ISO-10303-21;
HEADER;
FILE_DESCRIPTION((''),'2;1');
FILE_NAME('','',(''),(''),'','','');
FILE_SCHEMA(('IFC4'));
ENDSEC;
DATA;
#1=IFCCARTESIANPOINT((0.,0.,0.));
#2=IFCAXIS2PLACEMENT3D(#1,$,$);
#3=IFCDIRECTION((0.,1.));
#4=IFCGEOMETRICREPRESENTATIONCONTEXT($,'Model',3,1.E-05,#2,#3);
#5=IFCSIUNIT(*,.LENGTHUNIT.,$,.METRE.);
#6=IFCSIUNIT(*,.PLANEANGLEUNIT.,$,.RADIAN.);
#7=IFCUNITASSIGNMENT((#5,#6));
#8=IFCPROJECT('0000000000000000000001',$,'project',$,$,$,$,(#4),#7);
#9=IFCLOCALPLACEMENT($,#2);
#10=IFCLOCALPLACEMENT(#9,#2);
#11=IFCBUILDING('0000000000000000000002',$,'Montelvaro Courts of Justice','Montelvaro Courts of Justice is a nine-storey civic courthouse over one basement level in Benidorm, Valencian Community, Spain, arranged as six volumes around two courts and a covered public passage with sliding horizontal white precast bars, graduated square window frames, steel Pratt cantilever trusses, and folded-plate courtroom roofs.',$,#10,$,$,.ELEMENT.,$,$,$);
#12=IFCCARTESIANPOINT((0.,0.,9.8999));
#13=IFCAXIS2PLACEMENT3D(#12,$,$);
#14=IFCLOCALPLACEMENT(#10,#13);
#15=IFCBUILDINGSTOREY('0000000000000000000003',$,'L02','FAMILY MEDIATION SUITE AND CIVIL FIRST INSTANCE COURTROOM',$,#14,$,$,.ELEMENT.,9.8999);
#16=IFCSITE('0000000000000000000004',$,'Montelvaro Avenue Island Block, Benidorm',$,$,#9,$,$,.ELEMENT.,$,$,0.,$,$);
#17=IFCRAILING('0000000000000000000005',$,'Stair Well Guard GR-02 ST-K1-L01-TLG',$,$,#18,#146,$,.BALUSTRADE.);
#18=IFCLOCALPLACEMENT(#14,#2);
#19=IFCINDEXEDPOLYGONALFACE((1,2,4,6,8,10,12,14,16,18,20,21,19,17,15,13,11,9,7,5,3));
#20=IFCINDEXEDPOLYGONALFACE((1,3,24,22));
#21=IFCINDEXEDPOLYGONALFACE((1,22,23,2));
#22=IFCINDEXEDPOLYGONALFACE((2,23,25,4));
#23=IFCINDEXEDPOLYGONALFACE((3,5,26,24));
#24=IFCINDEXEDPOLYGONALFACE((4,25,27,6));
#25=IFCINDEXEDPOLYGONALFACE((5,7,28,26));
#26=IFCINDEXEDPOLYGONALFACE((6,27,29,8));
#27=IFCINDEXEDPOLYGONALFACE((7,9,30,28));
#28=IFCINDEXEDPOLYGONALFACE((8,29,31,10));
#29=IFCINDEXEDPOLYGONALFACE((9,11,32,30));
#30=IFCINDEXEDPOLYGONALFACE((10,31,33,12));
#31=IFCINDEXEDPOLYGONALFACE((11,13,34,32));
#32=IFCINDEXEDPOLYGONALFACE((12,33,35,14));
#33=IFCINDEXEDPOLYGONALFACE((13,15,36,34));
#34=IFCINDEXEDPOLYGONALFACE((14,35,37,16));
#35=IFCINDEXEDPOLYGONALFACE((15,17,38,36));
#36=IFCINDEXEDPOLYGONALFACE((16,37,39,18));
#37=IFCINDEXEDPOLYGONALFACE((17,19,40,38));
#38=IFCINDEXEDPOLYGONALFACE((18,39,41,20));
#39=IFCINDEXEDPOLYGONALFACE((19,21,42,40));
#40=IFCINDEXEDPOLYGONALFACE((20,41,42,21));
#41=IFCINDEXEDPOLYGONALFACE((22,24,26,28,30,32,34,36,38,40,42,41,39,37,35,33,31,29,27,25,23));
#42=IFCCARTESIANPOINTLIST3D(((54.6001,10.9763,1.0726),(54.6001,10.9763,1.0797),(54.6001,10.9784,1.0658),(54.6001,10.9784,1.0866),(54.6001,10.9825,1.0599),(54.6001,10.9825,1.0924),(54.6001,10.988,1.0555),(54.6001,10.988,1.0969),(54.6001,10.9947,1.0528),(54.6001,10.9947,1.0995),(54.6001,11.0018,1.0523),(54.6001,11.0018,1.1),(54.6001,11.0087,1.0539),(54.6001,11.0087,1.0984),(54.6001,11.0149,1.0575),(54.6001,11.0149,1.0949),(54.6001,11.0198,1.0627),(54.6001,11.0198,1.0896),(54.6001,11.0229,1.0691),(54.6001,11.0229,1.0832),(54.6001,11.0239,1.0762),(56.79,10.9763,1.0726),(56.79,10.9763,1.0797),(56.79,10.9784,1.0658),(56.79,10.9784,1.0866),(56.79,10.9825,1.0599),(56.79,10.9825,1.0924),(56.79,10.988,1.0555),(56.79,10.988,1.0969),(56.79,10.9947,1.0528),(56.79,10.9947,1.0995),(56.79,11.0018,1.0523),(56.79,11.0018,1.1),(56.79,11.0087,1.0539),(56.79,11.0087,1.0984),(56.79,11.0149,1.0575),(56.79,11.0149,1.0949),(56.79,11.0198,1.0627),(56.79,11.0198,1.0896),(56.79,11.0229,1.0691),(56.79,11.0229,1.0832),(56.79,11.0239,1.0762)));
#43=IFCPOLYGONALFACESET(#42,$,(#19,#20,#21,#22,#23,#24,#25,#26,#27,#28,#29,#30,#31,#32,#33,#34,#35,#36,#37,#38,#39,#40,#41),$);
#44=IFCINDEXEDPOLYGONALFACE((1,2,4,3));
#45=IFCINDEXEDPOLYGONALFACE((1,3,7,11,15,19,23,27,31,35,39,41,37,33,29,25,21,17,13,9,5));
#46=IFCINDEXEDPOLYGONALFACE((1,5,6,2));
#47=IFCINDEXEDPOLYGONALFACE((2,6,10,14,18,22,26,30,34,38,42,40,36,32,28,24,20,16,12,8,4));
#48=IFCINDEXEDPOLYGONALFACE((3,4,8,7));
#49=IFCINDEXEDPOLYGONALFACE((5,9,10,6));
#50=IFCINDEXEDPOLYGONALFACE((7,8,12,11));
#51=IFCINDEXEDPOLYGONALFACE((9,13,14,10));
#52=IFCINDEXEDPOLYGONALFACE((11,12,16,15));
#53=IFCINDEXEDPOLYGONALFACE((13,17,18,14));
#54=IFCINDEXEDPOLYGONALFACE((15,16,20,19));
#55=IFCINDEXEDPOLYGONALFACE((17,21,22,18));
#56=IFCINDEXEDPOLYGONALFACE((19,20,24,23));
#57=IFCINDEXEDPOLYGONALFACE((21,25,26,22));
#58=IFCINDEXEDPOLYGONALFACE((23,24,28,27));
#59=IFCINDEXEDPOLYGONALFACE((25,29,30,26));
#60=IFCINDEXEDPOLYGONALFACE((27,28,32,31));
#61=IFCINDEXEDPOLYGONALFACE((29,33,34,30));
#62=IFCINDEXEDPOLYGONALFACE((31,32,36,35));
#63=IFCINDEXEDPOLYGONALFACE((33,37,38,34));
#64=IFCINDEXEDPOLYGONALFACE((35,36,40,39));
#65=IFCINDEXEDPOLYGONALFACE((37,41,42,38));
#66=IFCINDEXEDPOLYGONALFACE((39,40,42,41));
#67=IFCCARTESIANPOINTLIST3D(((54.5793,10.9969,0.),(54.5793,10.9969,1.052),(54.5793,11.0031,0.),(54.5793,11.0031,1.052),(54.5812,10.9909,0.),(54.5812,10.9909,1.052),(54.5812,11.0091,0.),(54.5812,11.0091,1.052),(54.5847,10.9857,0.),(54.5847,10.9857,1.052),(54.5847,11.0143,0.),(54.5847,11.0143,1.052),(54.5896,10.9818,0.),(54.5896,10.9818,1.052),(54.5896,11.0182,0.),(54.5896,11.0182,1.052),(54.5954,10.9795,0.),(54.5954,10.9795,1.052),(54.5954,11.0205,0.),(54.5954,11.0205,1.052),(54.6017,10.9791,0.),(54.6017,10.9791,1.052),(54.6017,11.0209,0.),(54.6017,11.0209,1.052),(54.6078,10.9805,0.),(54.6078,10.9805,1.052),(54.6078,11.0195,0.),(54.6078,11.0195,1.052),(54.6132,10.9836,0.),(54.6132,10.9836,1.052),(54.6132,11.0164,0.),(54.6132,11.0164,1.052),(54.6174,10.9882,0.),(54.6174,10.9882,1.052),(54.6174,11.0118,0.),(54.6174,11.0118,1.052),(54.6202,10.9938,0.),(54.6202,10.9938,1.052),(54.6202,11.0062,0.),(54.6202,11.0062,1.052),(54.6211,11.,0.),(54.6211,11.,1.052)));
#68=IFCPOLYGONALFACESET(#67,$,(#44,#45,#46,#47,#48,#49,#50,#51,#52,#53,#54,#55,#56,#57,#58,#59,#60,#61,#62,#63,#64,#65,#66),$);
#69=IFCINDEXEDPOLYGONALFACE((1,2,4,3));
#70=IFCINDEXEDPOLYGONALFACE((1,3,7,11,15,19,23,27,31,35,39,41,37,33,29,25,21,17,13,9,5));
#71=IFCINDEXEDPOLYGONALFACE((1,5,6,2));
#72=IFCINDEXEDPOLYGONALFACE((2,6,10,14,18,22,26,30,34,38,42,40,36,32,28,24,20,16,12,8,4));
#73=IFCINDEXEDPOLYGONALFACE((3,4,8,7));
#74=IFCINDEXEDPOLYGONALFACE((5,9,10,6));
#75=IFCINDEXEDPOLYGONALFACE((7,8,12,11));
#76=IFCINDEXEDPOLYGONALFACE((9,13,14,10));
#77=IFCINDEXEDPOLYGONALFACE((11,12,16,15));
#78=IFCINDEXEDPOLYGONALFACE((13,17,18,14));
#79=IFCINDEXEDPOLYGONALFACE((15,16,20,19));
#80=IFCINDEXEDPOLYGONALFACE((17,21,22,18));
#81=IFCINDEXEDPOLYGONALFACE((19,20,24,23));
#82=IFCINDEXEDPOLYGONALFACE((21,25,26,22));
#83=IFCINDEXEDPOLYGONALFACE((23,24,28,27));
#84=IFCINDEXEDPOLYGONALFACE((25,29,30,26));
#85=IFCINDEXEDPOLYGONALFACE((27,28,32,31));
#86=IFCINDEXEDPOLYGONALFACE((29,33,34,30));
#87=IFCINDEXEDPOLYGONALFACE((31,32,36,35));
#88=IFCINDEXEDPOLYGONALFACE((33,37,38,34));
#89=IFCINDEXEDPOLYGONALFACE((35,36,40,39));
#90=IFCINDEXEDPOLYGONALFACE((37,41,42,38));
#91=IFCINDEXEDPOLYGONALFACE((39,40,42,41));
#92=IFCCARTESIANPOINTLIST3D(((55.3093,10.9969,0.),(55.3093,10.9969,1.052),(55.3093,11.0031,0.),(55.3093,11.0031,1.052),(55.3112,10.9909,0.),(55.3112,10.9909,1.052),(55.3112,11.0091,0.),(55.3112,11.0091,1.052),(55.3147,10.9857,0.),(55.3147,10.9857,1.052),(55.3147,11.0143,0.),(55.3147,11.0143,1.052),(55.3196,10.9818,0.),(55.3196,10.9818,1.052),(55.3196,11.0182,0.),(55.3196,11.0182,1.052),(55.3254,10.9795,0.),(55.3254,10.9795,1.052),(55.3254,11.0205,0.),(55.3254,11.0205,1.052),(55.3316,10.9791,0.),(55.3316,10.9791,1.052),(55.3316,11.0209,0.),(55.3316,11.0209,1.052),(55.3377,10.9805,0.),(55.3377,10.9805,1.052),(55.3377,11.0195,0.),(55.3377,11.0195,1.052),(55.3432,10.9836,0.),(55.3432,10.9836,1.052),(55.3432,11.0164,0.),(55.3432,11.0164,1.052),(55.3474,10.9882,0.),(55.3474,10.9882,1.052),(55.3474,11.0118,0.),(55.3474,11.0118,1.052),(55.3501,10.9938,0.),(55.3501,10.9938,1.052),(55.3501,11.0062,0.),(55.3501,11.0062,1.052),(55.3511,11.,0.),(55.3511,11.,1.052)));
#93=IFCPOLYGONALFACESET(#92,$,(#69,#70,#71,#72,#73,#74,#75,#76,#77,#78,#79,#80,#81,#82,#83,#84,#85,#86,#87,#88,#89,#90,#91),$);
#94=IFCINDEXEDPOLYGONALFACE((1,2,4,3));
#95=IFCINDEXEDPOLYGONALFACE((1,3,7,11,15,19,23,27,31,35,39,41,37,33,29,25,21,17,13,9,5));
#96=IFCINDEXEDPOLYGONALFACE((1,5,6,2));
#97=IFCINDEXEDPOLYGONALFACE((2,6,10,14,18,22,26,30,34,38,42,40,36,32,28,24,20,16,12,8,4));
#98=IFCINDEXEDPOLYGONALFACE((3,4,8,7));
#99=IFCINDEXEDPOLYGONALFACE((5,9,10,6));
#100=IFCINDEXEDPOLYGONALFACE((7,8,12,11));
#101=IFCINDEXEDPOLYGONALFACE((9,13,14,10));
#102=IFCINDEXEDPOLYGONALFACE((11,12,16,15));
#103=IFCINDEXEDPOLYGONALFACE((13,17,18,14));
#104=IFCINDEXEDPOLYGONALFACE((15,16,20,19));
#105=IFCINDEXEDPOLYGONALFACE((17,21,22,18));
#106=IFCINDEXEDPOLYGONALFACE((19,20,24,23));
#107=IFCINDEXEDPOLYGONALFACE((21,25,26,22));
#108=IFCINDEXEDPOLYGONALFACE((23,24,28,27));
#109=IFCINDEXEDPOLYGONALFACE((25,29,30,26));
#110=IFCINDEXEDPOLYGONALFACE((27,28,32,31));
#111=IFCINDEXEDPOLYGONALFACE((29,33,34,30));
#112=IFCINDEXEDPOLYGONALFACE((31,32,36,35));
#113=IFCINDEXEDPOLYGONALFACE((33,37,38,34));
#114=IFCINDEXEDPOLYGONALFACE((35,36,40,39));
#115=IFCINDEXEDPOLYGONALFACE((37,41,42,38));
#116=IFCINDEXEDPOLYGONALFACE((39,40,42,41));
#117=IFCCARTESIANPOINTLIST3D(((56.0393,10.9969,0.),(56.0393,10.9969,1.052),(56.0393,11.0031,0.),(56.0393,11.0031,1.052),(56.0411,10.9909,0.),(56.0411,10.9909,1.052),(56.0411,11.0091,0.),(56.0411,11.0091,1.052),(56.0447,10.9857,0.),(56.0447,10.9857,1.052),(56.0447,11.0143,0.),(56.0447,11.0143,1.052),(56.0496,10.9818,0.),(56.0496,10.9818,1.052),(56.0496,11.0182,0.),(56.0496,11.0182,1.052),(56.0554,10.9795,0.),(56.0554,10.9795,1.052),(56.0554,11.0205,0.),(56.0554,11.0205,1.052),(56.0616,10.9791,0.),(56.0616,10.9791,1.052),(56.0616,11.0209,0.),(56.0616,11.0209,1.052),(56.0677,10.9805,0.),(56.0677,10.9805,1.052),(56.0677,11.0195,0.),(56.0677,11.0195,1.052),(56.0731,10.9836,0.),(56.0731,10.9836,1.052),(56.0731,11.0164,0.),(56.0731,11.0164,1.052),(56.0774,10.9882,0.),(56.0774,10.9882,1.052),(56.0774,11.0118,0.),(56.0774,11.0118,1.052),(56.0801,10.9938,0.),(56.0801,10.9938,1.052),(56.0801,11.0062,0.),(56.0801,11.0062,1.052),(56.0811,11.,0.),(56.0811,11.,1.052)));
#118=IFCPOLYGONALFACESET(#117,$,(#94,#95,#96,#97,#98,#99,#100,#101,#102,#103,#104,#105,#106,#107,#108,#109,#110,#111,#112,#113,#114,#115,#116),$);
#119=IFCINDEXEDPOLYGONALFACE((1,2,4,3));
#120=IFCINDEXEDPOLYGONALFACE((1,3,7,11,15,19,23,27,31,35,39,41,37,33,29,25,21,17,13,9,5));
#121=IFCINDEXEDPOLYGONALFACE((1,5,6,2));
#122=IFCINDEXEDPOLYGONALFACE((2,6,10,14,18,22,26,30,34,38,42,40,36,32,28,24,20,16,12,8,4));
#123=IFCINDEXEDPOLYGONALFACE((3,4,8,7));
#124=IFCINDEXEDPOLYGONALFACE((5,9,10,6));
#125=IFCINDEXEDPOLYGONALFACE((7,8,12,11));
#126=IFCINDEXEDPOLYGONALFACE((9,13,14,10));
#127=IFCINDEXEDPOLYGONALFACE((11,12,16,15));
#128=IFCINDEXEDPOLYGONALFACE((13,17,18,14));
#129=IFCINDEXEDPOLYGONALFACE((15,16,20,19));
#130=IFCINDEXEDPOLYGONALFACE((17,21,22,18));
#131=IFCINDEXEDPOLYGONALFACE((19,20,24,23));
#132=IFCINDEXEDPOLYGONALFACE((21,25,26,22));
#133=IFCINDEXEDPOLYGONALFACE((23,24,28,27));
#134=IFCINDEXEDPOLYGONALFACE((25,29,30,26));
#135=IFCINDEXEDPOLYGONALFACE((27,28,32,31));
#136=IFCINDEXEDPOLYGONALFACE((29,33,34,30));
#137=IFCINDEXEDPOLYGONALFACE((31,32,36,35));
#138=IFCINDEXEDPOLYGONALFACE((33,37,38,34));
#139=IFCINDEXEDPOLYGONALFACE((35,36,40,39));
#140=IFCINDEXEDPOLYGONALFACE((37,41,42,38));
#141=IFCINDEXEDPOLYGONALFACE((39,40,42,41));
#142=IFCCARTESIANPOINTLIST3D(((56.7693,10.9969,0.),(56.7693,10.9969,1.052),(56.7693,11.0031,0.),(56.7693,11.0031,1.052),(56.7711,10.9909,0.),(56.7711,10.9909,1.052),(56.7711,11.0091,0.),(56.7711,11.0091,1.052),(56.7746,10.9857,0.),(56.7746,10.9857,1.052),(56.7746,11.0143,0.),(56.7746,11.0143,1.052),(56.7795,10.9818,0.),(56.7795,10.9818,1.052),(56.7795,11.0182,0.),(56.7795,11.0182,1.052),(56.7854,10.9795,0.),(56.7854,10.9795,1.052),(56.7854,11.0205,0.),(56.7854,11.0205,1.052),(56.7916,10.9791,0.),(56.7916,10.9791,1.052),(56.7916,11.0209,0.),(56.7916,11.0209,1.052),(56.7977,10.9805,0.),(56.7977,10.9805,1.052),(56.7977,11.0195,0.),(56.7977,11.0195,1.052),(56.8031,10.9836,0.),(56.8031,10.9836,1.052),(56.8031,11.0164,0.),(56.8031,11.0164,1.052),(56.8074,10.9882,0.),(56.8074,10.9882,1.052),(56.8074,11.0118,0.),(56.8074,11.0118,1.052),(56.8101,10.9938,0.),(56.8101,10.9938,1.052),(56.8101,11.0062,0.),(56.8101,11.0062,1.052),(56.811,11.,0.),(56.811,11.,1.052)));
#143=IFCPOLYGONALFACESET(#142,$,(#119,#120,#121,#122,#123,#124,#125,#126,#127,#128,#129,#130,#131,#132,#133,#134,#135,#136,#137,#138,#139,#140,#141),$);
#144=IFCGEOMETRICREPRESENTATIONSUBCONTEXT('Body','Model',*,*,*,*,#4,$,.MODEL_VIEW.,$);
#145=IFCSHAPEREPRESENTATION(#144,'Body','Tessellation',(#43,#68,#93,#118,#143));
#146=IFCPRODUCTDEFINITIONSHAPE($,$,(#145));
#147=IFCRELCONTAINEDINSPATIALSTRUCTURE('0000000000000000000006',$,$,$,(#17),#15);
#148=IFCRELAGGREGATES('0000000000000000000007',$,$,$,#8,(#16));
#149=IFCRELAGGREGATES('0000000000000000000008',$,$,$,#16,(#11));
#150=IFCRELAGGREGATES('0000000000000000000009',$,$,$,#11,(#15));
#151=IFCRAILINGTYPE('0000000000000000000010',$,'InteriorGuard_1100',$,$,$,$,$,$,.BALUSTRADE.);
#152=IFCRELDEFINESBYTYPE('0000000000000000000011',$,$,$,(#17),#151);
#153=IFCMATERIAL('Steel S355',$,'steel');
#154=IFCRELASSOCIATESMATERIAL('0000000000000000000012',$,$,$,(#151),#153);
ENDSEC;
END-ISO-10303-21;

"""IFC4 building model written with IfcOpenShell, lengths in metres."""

from ifc_helpers import new_model, si_unit, direction, frame, origin, origin_2d, place, context, subcontext, project, spatial, circle, extrude, material, type_object, element, save


model = new_model("IFC4")

# Units and contexts
model_context = context("Model", 3, precision=1e-05, world=origin(), true_north=direction((0.0, 1.0)))
body_context = subcontext(model_context, "Body", "Model", "MODEL_VIEW")
ifc_project = project(units=[si_unit("LENGTHUNIT", "METRE"), si_unit("PLANEANGLEUNIT", "RADIAN")], contexts=[model_context])

# Site, building, storey
site_placement = place(None, origin())
site = spatial("IfcSite", under=ifc_project, at=site_placement, Name="Montelvaro Avenue Island Block, Benidorm", CompositionType="ELEMENT", RefElevation=0.0)
building_placement = place(site_placement, origin())
building = spatial("IfcBuilding", under=site, at=building_placement, Name="Montelvaro Courts of Justice", Description="Montelvaro Courts of Justice is a nine-storey civic courthouse over one basement level in Benidorm, Valencian Community, Spain, arranged as six volumes around two courts and a covered public passage with sliding horizontal white precast bars, graduated square window frames, steel Pratt cantilever trusses, and folded-plate courtroom roofs.", CompositionType="ELEMENT")
storey_placement = place(building_placement, frame((0.0, 0.0, 9.8999)))
storey = spatial("IfcBuildingStorey", under=building, at=storey_placement, Name="L02", Description="FAMILY MEDIATION SUITE AND CIVIL FIRST INSTANCE COURTROOM", CompositionType="ELEMENT", Elevation=9.8999)

# Shared definitions
ifc_material_1 = material(Name="Steel S355", Category="steel")

# Railing
railing_type_1 = type_object("IfcRailingType", Name="InteriorGuard_1100", PredefinedType="BALUSTRADE", material=ifc_material_1)
railing_1_placement = place(storey_placement, frame((54.6001, 11.0, 0.0)))
element("IfcRailing", 1, at=railing_1_placement, inside=storey, type_object=railing_type_1, Name="Stair Well Guard GR-02 ST-K1-L01-TLG", PredefinedType="BALUSTRADE", context=body_context, shape_type="SweptSolid", body=[
    extrude(circle(Radius=0.0239, at=origin_2d()), frame((0.0, 0.0, 1.0762), z_axis=(1.0, 0.0, 0.0), x_axis=(0.0, 1.0, 0.0)), (0.0, 0.0, 1.0), 2.1899),
    extrude(circle(Radius=0.021, at=origin_2d()), origin(), (0.0, 0.0, 1.0), 1.052),
    extrude(circle(Radius=0.021, at=origin_2d()), frame((0.73, 0.0, 0.0)), (0.0, 0.0, 1.0), 1.052),
    extrude(circle(Radius=0.021, at=origin_2d()), frame((1.46, 0.0, 0.0)), (0.0, 0.0, 1.0), 1.052),
    extrude(circle(Radius=0.021, at=origin_2d()), frame((2.1899, 0.0, 0.0)), (0.0, 0.0, 1.0), 1.052),
])

save(model, "model.ifc")
